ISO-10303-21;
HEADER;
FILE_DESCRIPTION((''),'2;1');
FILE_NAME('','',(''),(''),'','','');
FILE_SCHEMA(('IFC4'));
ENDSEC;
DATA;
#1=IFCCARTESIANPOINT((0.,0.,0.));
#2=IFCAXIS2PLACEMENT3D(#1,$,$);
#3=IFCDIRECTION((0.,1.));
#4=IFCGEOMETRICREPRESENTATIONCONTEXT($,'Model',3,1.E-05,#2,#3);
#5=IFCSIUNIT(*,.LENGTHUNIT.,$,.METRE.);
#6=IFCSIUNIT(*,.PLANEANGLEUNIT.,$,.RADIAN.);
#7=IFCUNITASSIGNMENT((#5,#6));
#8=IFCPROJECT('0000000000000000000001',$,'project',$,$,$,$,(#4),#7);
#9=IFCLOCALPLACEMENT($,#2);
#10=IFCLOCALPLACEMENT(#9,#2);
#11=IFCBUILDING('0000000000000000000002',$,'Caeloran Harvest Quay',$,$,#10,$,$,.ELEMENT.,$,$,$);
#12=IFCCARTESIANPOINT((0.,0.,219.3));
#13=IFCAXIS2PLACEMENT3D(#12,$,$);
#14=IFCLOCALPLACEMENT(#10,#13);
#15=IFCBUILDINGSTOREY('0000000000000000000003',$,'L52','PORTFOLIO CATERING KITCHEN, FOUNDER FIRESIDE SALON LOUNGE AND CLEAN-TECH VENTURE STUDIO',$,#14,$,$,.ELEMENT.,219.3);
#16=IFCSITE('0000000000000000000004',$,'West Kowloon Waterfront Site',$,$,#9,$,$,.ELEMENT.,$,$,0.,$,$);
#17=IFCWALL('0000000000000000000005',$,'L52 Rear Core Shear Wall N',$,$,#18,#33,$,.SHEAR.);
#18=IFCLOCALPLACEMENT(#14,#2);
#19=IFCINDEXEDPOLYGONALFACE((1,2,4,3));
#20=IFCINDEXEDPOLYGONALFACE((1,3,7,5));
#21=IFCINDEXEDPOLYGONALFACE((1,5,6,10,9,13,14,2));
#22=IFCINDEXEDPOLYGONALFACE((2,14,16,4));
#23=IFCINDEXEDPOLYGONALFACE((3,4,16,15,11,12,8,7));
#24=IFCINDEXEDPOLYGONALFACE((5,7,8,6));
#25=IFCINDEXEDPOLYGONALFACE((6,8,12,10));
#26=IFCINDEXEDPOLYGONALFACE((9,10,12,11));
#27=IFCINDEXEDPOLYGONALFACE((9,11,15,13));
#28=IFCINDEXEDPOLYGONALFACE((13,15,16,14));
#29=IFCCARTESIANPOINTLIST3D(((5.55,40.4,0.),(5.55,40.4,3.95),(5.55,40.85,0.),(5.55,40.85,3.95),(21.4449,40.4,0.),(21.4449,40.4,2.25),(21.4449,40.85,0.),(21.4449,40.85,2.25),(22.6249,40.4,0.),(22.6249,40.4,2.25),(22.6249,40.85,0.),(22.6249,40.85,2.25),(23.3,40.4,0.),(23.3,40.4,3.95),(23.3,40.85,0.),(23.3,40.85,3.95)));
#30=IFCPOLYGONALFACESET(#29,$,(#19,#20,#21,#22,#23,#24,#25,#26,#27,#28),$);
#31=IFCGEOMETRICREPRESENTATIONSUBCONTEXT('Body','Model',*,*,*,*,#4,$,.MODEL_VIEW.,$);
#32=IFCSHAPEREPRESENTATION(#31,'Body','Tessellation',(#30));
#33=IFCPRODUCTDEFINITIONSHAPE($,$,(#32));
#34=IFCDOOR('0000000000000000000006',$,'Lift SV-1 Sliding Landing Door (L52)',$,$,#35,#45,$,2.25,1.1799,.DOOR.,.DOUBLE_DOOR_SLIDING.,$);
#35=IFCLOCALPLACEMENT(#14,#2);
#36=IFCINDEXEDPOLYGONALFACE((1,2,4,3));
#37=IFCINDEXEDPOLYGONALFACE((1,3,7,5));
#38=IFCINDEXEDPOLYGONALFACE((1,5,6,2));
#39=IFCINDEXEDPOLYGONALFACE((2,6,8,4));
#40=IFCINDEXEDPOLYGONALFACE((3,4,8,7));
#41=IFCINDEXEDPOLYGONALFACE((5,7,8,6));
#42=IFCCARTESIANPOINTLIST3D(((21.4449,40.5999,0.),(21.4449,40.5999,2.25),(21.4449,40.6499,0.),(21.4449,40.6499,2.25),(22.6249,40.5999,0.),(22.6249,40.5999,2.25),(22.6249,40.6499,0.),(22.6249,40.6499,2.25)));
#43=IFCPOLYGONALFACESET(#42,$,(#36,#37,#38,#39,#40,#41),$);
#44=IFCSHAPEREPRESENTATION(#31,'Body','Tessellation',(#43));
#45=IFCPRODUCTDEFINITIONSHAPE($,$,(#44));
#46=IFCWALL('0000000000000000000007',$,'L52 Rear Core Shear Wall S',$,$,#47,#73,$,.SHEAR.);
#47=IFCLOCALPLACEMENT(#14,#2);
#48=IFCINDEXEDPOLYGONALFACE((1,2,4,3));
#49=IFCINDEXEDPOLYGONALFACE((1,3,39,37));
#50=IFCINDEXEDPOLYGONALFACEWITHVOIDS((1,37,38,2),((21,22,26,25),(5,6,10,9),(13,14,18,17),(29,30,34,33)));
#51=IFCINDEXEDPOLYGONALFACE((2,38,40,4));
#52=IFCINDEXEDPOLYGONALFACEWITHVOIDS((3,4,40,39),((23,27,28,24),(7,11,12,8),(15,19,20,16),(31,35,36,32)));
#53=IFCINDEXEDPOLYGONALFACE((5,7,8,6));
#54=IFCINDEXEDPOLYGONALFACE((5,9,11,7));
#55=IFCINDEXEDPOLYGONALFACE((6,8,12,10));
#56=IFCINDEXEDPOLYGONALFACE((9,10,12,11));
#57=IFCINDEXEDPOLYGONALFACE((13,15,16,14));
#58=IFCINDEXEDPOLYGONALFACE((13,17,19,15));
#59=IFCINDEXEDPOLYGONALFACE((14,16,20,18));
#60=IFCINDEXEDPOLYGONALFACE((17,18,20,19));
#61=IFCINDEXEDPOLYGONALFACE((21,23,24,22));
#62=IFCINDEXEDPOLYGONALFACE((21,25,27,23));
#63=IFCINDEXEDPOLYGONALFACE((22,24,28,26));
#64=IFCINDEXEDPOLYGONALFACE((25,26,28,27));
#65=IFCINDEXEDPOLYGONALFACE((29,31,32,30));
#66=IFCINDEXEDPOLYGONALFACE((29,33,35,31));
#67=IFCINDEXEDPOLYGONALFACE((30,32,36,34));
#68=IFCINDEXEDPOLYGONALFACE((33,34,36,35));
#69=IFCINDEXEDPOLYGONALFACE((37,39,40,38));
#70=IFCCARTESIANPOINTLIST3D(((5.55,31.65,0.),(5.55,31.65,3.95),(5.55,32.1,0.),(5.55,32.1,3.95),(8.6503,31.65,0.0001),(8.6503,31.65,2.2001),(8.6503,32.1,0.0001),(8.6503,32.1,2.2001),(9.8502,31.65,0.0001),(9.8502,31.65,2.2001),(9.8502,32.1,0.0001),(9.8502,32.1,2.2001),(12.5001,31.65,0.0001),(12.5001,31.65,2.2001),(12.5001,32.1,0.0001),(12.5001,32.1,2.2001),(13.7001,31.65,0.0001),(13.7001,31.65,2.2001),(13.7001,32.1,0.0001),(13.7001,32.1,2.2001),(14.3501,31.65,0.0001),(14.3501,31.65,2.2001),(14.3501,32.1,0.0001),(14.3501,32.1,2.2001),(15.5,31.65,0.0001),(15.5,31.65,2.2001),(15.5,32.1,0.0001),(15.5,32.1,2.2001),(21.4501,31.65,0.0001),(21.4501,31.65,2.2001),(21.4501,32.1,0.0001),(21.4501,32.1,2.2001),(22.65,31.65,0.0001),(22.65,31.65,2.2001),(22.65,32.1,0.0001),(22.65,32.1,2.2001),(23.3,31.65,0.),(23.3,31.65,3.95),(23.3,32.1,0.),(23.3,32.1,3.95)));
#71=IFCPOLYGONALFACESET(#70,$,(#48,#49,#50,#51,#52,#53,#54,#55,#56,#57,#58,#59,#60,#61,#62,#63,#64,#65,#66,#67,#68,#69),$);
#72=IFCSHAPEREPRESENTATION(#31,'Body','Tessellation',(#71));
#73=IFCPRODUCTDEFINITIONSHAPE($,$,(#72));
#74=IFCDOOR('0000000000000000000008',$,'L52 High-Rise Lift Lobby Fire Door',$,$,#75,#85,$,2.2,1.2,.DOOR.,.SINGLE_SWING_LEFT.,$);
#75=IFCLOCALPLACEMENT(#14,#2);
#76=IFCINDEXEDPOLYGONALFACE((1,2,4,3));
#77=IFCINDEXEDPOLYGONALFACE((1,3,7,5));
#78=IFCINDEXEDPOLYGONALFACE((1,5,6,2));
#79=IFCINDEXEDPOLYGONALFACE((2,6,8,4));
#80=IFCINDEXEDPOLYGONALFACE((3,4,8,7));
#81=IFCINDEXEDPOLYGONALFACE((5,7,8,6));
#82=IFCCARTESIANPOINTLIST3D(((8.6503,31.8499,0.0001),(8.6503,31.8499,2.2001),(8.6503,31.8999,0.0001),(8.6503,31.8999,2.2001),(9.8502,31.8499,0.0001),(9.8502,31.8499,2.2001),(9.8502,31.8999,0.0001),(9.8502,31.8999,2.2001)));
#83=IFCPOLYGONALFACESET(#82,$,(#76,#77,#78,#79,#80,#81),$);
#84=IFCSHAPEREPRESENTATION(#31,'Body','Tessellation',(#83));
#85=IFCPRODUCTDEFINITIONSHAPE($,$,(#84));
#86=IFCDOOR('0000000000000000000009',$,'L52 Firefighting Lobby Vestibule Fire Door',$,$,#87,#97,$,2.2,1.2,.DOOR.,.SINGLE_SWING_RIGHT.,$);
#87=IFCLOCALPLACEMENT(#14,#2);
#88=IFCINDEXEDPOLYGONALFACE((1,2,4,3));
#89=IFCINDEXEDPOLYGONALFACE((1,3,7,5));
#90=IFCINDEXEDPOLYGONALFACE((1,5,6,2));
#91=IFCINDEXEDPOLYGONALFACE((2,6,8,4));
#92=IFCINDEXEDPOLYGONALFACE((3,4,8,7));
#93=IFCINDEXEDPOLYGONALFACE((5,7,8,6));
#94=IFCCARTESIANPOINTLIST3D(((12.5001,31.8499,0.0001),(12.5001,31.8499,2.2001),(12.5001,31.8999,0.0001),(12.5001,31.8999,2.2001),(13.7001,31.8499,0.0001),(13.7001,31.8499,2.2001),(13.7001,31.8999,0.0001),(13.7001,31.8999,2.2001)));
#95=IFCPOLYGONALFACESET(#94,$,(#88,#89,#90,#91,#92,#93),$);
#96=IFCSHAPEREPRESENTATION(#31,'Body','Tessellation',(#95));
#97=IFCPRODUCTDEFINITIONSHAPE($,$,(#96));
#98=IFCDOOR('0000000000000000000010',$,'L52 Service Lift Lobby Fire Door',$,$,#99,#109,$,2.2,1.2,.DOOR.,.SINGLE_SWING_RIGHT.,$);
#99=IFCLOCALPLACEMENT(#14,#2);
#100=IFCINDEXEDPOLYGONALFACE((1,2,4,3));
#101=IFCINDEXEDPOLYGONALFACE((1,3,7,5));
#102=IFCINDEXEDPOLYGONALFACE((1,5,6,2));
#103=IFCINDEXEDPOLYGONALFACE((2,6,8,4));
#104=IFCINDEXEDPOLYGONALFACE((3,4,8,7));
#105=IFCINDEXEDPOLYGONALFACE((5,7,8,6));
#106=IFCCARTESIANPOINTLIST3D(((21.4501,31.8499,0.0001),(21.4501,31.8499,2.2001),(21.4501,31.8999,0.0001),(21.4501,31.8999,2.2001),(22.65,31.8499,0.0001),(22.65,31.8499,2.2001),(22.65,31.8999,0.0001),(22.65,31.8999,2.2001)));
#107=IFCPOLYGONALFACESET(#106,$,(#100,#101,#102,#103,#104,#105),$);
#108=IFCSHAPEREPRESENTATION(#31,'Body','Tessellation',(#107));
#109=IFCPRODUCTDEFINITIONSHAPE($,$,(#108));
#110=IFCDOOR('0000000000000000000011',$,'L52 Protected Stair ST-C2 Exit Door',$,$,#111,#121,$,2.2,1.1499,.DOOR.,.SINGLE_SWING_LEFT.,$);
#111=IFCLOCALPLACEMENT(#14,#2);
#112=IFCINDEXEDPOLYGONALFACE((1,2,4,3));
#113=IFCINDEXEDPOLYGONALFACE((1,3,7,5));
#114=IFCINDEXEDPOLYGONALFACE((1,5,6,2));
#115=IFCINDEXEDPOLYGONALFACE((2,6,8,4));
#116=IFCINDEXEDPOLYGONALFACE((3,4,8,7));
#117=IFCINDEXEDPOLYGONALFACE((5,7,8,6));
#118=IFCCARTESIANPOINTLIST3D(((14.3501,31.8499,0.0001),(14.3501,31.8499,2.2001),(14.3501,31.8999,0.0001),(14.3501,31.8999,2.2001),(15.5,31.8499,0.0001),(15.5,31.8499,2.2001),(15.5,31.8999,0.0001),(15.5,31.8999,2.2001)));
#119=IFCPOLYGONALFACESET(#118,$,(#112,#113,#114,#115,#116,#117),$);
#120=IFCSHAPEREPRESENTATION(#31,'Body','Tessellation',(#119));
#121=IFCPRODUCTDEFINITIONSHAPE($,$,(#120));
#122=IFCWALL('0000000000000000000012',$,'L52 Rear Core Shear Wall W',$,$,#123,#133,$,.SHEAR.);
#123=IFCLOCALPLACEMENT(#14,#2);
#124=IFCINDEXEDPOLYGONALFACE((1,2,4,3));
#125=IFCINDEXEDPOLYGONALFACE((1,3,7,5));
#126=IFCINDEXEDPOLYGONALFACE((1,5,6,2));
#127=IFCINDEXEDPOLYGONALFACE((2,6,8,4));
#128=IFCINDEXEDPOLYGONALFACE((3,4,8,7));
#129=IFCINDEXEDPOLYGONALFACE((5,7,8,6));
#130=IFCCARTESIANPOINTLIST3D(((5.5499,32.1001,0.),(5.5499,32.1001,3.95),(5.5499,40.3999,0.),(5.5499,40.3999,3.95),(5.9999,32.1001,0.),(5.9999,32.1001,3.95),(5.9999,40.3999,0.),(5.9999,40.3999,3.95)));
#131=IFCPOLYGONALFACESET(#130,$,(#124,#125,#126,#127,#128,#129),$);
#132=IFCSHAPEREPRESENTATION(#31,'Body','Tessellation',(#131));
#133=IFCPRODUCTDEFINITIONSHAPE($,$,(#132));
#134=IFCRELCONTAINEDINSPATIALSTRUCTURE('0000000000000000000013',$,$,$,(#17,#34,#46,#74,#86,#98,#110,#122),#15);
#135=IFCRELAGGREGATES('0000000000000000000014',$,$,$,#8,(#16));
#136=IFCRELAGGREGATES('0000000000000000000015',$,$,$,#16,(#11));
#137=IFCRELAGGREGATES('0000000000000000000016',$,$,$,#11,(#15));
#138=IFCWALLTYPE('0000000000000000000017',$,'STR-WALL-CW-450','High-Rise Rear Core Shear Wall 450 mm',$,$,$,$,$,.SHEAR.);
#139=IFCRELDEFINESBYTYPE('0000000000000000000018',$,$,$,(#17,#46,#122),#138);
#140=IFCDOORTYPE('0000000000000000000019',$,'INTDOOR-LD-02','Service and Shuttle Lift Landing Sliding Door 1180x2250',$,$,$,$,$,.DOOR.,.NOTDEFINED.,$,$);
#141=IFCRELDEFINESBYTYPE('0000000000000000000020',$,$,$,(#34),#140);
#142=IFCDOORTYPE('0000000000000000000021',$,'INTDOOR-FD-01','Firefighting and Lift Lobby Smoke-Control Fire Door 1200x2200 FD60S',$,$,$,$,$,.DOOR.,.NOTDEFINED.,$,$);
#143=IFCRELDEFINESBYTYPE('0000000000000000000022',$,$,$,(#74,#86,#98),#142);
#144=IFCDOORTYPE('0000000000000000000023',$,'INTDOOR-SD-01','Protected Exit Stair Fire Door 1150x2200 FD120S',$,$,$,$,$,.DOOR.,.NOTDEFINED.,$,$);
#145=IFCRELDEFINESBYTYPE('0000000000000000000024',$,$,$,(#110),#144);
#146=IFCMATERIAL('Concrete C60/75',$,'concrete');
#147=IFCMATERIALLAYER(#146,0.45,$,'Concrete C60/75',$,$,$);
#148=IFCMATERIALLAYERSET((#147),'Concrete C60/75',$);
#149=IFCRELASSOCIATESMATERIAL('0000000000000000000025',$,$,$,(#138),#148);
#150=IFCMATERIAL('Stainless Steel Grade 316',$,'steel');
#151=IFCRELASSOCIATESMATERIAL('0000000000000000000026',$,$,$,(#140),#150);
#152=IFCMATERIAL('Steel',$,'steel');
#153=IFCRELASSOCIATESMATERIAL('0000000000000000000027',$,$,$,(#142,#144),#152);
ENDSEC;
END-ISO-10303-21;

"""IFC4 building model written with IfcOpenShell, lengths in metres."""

from ifc_helpers import new_model, si_unit, direction, frame, frame_2d, origin, place, context, subcontext, project, spatial, rectangle, extrude, material, layer, layer_set, type_object, element, fill, save


model = new_model("IFC4")

# Units and contexts
model_context = context("Model", 3, precision=1e-05, world=origin(), true_north=direction((0.0, 1.0)))
body_context = subcontext(model_context, "Body", "Model", "MODEL_VIEW")
ifc_project = project(units=[si_unit("LENGTHUNIT", "METRE"), si_unit("PLANEANGLEUNIT", "RADIAN")], contexts=[model_context])

# Site, building, storey
site_placement = place(None, origin())
site = spatial("IfcSite", under=ifc_project, at=site_placement, Name="West Kowloon Waterfront Site", CompositionType="ELEMENT", RefElevation=0.0)
building_placement = place(site_placement, origin())
building = spatial("IfcBuilding", under=site, at=building_placement, Name="Caeloran Harvest Quay", CompositionType="ELEMENT")
storey_placement = place(building_placement, frame((0.0, 0.0, 219.3)))
storey = spatial("IfcBuildingStorey", under=building, at=storey_placement, Name="L52", Description="PORTFOLIO CATERING KITCHEN, FOUNDER FIRESIDE SALON LOUNGE AND CLEAN-TECH VENTURE STUDIO", CompositionType="ELEMENT", Elevation=219.3)

# Shared definitions
ifc_material_1 = material(Name="Concrete C60/75", Category="concrete")

# Shared definitions
ifc_material_2 = material(Name="Stainless Steel Grade 316", Category="steel")

# Wall, opening, door
ifc_layer_1 = layer(ifc_material_1, 0.45, Name="Concrete C60/75")
ifc_layer_set_1 = layer_set([ifc_layer_1], Name="Concrete C60/75")
wall_type_1 = type_object("IfcWallType", Name="STR-WALL-CW-450", Description="High-Rise Rear Core Shear Wall 450 mm", PredefinedType="SHEAR", material=ifc_layer_set_1)
wall_1_placement = place(storey_placement, frame((5.55, 40.625, 0.0), z_axis=(0.0, 0.0, 1.0), x_axis=(1.0, 0.0, 0.0)))
wall_1 = element("IfcWall", 1, at=wall_1_placement, inside=storey, type_object=wall_type_1, Name="L52 Rear Core Shear Wall N", PredefinedType="SHEAR", context=body_context, shape_type="SweptSolid", body=[
    extrude(rectangle(XDim=17.75, YDim=0.45, at=frame_2d((8.875, 0.0))), origin(), (0.0, 0.0, 1.0), 3.95),
])
opening_1_placement = place(wall_1_placement, frame((15.895, 0.0, 0.0)))
opening_1 = element("IfcOpeningElement", 2, at=opening_1_placement, cuts=wall_1, PredefinedType="OPENING", context=body_context, shape_type="SweptSolid", body=[
    extrude(rectangle(XDim=1.1799, YDim=2.25, at=frame_2d((0.5898, 1.125))), frame((0.0, 0.2349, 0.0), z_axis=(0.0, -1.0, 0.0), x_axis=(1.0, 0.0, 0.0)), (0.0, 0.0, 1.0), 0.47),
])
door_type_1 = type_object("IfcDoorType", Name="INTDOOR-LD-02", Description="Service and Shuttle Lift Landing Sliding Door 1180x2250", OperationType="NOTDEFINED", PredefinedType="DOOR", material=ifc_material_2)
door_1_placement = place(opening_1_placement, origin())
door_1 = element("IfcDoor", 3, at=door_1_placement, inside=storey, type_object=door_type_1, Name="Lift SV-1 Sliding Landing Door (L52)", OperationType="DOUBLE_DOOR_SLIDING", OverallHeight=2.25, OverallWidth=1.1799, PredefinedType="DOOR", context=body_context, shape_type="SweptSolid", body=[
    extrude(rectangle(XDim=1.1799, YDim=2.25, at=frame_2d((0.5898, 1.125))), frame((0.0, 0.0249, 0.0), z_axis=(0.0, -1.0, 0.0), x_axis=(1.0, 0.0, 0.0)), (0.0, 0.0, 1.0), 0.05),
])
fill(opening_1, door_1)

# Wall, openings, doors
wall_2_placement = place(storey_placement, frame((5.55, 31.875, 0.0), z_axis=(0.0, 0.0, 1.0), x_axis=(1.0, 0.0, 0.0)))
wall_2 = element("IfcWall", 4, at=wall_2_placement, inside=storey, type_object=wall_type_1, Name="L52 Rear Core Shear Wall S", PredefinedType="SHEAR", context=body_context, shape_type="SweptSolid", body=[
    extrude(rectangle(XDim=17.75, YDim=0.45, at=frame_2d((8.875, 0.0))), origin(), (0.0, 0.0, 1.0), 3.95),
])
opening_2_placement = place(wall_2_placement, frame((3.1001, 0.0, 0.0)))
opening_2 = element("IfcOpeningElement", 5, at=opening_2_placement, cuts=wall_2, PredefinedType="OPENING", context=body_context, shape_type="SweptSolid", body=[
    extrude(rectangle(XDim=1.2, YDim=2.2, at=frame_2d((0.6001, 1.1001))), frame((0.0, 0.2349, 0.0), z_axis=(0.0, -1.0, 0.0), x_axis=(1.0, 0.0, 0.0)), (0.0, 0.0, 1.0), 0.47),
])
opening_3_placement = place(wall_2_placement, frame((6.95, 0.0, 0.0)))
opening_3 = element("IfcOpeningElement", 6, at=opening_3_placement, cuts=wall_2, PredefinedType="OPENING", context=body_context, shape_type="SweptSolid", body=[
    extrude(rectangle(XDim=1.2, YDim=2.2, at=frame_2d((0.6001, 1.1001))), frame((0.0, 0.2349, 0.0), z_axis=(0.0, -1.0, 0.0), x_axis=(1.0, 0.0, 0.0)), (0.0, 0.0, 1.0), 0.47),
])
opening_4_placement = place(wall_2_placement, frame((8.8, 0.0, 0.0)))
opening_4 = element("IfcOpeningElement", 7, at=opening_4_placement, cuts=wall_2, PredefinedType="OPENING", context=body_context, shape_type="SweptSolid", body=[
    extrude(rectangle(XDim=1.1499, YDim=2.2, at=frame_2d((0.575, 1.1001))), frame((0.0, 0.2349, 0.0), z_axis=(0.0, -1.0, 0.0), x_axis=(1.0, 0.0, 0.0)), (0.0, 0.0, 1.0), 0.47),
])
opening_5_placement = place(wall_2_placement, frame((15.8999, 0.0, 0.0)))
opening_5 = element("IfcOpeningElement", 8, at=opening_5_placement, cuts=wall_2, PredefinedType="OPENING", context=body_context, shape_type="SweptSolid", body=[
    extrude(rectangle(XDim=1.2, YDim=2.2, at=frame_2d((0.6001, 1.1001))), frame((0.0, 0.2349, 0.0), z_axis=(0.0, -1.0, 0.0), x_axis=(1.0, 0.0, 0.0)), (0.0, 0.0, 1.0), 0.47),
])
ifc_material_3 = material(Name="Steel", Category="steel")
door_type_2 = type_object("IfcDoorType", Name="INTDOOR-FD-01", Description="Firefighting and Lift Lobby Smoke-Control Fire Door 1200x2200 FD60S", OperationType="NOTDEFINED", PredefinedType="DOOR", material=ifc_material_3)
door_2_placement = place(opening_2_placement, origin())
door_2 = element("IfcDoor", 9, at=door_2_placement, inside=storey, type_object=door_type_2, Name="L52 High-Rise Lift Lobby Fire Door", OperationType="SINGLE_SWING_LEFT", OverallHeight=2.2, OverallWidth=1.2, PredefinedType="DOOR", context=body_context, shape_type="SweptSolid", body=[
    extrude(rectangle(XDim=1.2, YDim=2.2, at=frame_2d((0.6001, 1.1001))), frame((0.0, 0.0249, 0.0), z_axis=(0.0, -1.0, 0.0), x_axis=(1.0, 0.0, 0.0)), (0.0, 0.0, 1.0), 0.05),
])
fill(opening_2, door_2)
door_3_placement = place(opening_3_placement, origin())
door_3 = element("IfcDoor", 10, at=door_3_placement, inside=storey, type_object=door_type_2, Name="L52 Firefighting Lobby Vestibule Fire Door", OperationType="SINGLE_SWING_RIGHT", OverallHeight=2.2, OverallWidth=1.2, PredefinedType="DOOR", context=body_context, shape_type="SweptSolid", body=[
    extrude(rectangle(XDim=1.2, YDim=2.2, at=frame_2d((0.6001, 1.1001))), frame((0.0, 0.0249, 0.0), z_axis=(0.0, -1.0, 0.0), x_axis=(1.0, 0.0, 0.0)), (0.0, 0.0, 1.0), 0.05),
])
fill(opening_3, door_3)
door_4_placement = place(opening_5_placement, origin())
door_4 = element("IfcDoor", 11, at=door_4_placement, inside=storey, type_object=door_type_2, Name="L52 Service Lift Lobby Fire Door", OperationType="SINGLE_SWING_RIGHT", OverallHeight=2.2, OverallWidth=1.2, PredefinedType="DOOR", context=body_context, shape_type="SweptSolid", body=[
    extrude(rectangle(XDim=1.2, YDim=2.2, at=frame_2d((0.6001, 1.1001))), frame((0.0, 0.0249, 0.0), z_axis=(0.0, -1.0, 0.0), x_axis=(1.0, 0.0, 0.0)), (0.0, 0.0, 1.0), 0.05),
])
fill(opening_5, door_4)
door_type_3 = type_object("IfcDoorType", Name="INTDOOR-SD-01", Description="Protected Exit Stair Fire Door 1150x2200 FD120S", OperationType="NOTDEFINED", PredefinedType="DOOR", material=ifc_material_3)
door_5_placement = place(opening_4_placement, origin())
door_5 = element("IfcDoor", 12, at=door_5_placement, inside=storey, type_object=door_type_3, Name="L52 Protected Stair ST-C2 Exit Door", OperationType="SINGLE_SWING_LEFT", OverallHeight=2.2, OverallWidth=1.1499, PredefinedType="DOOR", context=body_context, shape_type="SweptSolid", body=[
    extrude(rectangle(XDim=1.1499, YDim=2.2, at=frame_2d((0.575, 1.1001))), frame((0.0, 0.0249, 0.0), z_axis=(0.0, -1.0, 0.0), x_axis=(1.0, 0.0, 0.0)), (0.0, 0.0, 1.0), 0.05),
])
fill(opening_4, door_5)

# Wall
wall_3_placement = place(storey_placement, frame((5.7749, 32.1001, 0.0), z_axis=(0.0, 0.0, 1.0), x_axis=(0.0, 1.0, 0.0)))
element("IfcWall", 13, at=wall_3_placement, inside=storey, type_object=wall_type_1, Name="L52 Rear Core Shear Wall W", PredefinedType="SHEAR", context=body_context, shape_type="SweptSolid", body=[
    extrude(rectangle(XDim=8.2998, YDim=0.45, at=frame_2d((4.1499, 0.0))), origin(), (0.0, 0.0, 1.0), 3.95),
])

save(model, "model.ifc")
